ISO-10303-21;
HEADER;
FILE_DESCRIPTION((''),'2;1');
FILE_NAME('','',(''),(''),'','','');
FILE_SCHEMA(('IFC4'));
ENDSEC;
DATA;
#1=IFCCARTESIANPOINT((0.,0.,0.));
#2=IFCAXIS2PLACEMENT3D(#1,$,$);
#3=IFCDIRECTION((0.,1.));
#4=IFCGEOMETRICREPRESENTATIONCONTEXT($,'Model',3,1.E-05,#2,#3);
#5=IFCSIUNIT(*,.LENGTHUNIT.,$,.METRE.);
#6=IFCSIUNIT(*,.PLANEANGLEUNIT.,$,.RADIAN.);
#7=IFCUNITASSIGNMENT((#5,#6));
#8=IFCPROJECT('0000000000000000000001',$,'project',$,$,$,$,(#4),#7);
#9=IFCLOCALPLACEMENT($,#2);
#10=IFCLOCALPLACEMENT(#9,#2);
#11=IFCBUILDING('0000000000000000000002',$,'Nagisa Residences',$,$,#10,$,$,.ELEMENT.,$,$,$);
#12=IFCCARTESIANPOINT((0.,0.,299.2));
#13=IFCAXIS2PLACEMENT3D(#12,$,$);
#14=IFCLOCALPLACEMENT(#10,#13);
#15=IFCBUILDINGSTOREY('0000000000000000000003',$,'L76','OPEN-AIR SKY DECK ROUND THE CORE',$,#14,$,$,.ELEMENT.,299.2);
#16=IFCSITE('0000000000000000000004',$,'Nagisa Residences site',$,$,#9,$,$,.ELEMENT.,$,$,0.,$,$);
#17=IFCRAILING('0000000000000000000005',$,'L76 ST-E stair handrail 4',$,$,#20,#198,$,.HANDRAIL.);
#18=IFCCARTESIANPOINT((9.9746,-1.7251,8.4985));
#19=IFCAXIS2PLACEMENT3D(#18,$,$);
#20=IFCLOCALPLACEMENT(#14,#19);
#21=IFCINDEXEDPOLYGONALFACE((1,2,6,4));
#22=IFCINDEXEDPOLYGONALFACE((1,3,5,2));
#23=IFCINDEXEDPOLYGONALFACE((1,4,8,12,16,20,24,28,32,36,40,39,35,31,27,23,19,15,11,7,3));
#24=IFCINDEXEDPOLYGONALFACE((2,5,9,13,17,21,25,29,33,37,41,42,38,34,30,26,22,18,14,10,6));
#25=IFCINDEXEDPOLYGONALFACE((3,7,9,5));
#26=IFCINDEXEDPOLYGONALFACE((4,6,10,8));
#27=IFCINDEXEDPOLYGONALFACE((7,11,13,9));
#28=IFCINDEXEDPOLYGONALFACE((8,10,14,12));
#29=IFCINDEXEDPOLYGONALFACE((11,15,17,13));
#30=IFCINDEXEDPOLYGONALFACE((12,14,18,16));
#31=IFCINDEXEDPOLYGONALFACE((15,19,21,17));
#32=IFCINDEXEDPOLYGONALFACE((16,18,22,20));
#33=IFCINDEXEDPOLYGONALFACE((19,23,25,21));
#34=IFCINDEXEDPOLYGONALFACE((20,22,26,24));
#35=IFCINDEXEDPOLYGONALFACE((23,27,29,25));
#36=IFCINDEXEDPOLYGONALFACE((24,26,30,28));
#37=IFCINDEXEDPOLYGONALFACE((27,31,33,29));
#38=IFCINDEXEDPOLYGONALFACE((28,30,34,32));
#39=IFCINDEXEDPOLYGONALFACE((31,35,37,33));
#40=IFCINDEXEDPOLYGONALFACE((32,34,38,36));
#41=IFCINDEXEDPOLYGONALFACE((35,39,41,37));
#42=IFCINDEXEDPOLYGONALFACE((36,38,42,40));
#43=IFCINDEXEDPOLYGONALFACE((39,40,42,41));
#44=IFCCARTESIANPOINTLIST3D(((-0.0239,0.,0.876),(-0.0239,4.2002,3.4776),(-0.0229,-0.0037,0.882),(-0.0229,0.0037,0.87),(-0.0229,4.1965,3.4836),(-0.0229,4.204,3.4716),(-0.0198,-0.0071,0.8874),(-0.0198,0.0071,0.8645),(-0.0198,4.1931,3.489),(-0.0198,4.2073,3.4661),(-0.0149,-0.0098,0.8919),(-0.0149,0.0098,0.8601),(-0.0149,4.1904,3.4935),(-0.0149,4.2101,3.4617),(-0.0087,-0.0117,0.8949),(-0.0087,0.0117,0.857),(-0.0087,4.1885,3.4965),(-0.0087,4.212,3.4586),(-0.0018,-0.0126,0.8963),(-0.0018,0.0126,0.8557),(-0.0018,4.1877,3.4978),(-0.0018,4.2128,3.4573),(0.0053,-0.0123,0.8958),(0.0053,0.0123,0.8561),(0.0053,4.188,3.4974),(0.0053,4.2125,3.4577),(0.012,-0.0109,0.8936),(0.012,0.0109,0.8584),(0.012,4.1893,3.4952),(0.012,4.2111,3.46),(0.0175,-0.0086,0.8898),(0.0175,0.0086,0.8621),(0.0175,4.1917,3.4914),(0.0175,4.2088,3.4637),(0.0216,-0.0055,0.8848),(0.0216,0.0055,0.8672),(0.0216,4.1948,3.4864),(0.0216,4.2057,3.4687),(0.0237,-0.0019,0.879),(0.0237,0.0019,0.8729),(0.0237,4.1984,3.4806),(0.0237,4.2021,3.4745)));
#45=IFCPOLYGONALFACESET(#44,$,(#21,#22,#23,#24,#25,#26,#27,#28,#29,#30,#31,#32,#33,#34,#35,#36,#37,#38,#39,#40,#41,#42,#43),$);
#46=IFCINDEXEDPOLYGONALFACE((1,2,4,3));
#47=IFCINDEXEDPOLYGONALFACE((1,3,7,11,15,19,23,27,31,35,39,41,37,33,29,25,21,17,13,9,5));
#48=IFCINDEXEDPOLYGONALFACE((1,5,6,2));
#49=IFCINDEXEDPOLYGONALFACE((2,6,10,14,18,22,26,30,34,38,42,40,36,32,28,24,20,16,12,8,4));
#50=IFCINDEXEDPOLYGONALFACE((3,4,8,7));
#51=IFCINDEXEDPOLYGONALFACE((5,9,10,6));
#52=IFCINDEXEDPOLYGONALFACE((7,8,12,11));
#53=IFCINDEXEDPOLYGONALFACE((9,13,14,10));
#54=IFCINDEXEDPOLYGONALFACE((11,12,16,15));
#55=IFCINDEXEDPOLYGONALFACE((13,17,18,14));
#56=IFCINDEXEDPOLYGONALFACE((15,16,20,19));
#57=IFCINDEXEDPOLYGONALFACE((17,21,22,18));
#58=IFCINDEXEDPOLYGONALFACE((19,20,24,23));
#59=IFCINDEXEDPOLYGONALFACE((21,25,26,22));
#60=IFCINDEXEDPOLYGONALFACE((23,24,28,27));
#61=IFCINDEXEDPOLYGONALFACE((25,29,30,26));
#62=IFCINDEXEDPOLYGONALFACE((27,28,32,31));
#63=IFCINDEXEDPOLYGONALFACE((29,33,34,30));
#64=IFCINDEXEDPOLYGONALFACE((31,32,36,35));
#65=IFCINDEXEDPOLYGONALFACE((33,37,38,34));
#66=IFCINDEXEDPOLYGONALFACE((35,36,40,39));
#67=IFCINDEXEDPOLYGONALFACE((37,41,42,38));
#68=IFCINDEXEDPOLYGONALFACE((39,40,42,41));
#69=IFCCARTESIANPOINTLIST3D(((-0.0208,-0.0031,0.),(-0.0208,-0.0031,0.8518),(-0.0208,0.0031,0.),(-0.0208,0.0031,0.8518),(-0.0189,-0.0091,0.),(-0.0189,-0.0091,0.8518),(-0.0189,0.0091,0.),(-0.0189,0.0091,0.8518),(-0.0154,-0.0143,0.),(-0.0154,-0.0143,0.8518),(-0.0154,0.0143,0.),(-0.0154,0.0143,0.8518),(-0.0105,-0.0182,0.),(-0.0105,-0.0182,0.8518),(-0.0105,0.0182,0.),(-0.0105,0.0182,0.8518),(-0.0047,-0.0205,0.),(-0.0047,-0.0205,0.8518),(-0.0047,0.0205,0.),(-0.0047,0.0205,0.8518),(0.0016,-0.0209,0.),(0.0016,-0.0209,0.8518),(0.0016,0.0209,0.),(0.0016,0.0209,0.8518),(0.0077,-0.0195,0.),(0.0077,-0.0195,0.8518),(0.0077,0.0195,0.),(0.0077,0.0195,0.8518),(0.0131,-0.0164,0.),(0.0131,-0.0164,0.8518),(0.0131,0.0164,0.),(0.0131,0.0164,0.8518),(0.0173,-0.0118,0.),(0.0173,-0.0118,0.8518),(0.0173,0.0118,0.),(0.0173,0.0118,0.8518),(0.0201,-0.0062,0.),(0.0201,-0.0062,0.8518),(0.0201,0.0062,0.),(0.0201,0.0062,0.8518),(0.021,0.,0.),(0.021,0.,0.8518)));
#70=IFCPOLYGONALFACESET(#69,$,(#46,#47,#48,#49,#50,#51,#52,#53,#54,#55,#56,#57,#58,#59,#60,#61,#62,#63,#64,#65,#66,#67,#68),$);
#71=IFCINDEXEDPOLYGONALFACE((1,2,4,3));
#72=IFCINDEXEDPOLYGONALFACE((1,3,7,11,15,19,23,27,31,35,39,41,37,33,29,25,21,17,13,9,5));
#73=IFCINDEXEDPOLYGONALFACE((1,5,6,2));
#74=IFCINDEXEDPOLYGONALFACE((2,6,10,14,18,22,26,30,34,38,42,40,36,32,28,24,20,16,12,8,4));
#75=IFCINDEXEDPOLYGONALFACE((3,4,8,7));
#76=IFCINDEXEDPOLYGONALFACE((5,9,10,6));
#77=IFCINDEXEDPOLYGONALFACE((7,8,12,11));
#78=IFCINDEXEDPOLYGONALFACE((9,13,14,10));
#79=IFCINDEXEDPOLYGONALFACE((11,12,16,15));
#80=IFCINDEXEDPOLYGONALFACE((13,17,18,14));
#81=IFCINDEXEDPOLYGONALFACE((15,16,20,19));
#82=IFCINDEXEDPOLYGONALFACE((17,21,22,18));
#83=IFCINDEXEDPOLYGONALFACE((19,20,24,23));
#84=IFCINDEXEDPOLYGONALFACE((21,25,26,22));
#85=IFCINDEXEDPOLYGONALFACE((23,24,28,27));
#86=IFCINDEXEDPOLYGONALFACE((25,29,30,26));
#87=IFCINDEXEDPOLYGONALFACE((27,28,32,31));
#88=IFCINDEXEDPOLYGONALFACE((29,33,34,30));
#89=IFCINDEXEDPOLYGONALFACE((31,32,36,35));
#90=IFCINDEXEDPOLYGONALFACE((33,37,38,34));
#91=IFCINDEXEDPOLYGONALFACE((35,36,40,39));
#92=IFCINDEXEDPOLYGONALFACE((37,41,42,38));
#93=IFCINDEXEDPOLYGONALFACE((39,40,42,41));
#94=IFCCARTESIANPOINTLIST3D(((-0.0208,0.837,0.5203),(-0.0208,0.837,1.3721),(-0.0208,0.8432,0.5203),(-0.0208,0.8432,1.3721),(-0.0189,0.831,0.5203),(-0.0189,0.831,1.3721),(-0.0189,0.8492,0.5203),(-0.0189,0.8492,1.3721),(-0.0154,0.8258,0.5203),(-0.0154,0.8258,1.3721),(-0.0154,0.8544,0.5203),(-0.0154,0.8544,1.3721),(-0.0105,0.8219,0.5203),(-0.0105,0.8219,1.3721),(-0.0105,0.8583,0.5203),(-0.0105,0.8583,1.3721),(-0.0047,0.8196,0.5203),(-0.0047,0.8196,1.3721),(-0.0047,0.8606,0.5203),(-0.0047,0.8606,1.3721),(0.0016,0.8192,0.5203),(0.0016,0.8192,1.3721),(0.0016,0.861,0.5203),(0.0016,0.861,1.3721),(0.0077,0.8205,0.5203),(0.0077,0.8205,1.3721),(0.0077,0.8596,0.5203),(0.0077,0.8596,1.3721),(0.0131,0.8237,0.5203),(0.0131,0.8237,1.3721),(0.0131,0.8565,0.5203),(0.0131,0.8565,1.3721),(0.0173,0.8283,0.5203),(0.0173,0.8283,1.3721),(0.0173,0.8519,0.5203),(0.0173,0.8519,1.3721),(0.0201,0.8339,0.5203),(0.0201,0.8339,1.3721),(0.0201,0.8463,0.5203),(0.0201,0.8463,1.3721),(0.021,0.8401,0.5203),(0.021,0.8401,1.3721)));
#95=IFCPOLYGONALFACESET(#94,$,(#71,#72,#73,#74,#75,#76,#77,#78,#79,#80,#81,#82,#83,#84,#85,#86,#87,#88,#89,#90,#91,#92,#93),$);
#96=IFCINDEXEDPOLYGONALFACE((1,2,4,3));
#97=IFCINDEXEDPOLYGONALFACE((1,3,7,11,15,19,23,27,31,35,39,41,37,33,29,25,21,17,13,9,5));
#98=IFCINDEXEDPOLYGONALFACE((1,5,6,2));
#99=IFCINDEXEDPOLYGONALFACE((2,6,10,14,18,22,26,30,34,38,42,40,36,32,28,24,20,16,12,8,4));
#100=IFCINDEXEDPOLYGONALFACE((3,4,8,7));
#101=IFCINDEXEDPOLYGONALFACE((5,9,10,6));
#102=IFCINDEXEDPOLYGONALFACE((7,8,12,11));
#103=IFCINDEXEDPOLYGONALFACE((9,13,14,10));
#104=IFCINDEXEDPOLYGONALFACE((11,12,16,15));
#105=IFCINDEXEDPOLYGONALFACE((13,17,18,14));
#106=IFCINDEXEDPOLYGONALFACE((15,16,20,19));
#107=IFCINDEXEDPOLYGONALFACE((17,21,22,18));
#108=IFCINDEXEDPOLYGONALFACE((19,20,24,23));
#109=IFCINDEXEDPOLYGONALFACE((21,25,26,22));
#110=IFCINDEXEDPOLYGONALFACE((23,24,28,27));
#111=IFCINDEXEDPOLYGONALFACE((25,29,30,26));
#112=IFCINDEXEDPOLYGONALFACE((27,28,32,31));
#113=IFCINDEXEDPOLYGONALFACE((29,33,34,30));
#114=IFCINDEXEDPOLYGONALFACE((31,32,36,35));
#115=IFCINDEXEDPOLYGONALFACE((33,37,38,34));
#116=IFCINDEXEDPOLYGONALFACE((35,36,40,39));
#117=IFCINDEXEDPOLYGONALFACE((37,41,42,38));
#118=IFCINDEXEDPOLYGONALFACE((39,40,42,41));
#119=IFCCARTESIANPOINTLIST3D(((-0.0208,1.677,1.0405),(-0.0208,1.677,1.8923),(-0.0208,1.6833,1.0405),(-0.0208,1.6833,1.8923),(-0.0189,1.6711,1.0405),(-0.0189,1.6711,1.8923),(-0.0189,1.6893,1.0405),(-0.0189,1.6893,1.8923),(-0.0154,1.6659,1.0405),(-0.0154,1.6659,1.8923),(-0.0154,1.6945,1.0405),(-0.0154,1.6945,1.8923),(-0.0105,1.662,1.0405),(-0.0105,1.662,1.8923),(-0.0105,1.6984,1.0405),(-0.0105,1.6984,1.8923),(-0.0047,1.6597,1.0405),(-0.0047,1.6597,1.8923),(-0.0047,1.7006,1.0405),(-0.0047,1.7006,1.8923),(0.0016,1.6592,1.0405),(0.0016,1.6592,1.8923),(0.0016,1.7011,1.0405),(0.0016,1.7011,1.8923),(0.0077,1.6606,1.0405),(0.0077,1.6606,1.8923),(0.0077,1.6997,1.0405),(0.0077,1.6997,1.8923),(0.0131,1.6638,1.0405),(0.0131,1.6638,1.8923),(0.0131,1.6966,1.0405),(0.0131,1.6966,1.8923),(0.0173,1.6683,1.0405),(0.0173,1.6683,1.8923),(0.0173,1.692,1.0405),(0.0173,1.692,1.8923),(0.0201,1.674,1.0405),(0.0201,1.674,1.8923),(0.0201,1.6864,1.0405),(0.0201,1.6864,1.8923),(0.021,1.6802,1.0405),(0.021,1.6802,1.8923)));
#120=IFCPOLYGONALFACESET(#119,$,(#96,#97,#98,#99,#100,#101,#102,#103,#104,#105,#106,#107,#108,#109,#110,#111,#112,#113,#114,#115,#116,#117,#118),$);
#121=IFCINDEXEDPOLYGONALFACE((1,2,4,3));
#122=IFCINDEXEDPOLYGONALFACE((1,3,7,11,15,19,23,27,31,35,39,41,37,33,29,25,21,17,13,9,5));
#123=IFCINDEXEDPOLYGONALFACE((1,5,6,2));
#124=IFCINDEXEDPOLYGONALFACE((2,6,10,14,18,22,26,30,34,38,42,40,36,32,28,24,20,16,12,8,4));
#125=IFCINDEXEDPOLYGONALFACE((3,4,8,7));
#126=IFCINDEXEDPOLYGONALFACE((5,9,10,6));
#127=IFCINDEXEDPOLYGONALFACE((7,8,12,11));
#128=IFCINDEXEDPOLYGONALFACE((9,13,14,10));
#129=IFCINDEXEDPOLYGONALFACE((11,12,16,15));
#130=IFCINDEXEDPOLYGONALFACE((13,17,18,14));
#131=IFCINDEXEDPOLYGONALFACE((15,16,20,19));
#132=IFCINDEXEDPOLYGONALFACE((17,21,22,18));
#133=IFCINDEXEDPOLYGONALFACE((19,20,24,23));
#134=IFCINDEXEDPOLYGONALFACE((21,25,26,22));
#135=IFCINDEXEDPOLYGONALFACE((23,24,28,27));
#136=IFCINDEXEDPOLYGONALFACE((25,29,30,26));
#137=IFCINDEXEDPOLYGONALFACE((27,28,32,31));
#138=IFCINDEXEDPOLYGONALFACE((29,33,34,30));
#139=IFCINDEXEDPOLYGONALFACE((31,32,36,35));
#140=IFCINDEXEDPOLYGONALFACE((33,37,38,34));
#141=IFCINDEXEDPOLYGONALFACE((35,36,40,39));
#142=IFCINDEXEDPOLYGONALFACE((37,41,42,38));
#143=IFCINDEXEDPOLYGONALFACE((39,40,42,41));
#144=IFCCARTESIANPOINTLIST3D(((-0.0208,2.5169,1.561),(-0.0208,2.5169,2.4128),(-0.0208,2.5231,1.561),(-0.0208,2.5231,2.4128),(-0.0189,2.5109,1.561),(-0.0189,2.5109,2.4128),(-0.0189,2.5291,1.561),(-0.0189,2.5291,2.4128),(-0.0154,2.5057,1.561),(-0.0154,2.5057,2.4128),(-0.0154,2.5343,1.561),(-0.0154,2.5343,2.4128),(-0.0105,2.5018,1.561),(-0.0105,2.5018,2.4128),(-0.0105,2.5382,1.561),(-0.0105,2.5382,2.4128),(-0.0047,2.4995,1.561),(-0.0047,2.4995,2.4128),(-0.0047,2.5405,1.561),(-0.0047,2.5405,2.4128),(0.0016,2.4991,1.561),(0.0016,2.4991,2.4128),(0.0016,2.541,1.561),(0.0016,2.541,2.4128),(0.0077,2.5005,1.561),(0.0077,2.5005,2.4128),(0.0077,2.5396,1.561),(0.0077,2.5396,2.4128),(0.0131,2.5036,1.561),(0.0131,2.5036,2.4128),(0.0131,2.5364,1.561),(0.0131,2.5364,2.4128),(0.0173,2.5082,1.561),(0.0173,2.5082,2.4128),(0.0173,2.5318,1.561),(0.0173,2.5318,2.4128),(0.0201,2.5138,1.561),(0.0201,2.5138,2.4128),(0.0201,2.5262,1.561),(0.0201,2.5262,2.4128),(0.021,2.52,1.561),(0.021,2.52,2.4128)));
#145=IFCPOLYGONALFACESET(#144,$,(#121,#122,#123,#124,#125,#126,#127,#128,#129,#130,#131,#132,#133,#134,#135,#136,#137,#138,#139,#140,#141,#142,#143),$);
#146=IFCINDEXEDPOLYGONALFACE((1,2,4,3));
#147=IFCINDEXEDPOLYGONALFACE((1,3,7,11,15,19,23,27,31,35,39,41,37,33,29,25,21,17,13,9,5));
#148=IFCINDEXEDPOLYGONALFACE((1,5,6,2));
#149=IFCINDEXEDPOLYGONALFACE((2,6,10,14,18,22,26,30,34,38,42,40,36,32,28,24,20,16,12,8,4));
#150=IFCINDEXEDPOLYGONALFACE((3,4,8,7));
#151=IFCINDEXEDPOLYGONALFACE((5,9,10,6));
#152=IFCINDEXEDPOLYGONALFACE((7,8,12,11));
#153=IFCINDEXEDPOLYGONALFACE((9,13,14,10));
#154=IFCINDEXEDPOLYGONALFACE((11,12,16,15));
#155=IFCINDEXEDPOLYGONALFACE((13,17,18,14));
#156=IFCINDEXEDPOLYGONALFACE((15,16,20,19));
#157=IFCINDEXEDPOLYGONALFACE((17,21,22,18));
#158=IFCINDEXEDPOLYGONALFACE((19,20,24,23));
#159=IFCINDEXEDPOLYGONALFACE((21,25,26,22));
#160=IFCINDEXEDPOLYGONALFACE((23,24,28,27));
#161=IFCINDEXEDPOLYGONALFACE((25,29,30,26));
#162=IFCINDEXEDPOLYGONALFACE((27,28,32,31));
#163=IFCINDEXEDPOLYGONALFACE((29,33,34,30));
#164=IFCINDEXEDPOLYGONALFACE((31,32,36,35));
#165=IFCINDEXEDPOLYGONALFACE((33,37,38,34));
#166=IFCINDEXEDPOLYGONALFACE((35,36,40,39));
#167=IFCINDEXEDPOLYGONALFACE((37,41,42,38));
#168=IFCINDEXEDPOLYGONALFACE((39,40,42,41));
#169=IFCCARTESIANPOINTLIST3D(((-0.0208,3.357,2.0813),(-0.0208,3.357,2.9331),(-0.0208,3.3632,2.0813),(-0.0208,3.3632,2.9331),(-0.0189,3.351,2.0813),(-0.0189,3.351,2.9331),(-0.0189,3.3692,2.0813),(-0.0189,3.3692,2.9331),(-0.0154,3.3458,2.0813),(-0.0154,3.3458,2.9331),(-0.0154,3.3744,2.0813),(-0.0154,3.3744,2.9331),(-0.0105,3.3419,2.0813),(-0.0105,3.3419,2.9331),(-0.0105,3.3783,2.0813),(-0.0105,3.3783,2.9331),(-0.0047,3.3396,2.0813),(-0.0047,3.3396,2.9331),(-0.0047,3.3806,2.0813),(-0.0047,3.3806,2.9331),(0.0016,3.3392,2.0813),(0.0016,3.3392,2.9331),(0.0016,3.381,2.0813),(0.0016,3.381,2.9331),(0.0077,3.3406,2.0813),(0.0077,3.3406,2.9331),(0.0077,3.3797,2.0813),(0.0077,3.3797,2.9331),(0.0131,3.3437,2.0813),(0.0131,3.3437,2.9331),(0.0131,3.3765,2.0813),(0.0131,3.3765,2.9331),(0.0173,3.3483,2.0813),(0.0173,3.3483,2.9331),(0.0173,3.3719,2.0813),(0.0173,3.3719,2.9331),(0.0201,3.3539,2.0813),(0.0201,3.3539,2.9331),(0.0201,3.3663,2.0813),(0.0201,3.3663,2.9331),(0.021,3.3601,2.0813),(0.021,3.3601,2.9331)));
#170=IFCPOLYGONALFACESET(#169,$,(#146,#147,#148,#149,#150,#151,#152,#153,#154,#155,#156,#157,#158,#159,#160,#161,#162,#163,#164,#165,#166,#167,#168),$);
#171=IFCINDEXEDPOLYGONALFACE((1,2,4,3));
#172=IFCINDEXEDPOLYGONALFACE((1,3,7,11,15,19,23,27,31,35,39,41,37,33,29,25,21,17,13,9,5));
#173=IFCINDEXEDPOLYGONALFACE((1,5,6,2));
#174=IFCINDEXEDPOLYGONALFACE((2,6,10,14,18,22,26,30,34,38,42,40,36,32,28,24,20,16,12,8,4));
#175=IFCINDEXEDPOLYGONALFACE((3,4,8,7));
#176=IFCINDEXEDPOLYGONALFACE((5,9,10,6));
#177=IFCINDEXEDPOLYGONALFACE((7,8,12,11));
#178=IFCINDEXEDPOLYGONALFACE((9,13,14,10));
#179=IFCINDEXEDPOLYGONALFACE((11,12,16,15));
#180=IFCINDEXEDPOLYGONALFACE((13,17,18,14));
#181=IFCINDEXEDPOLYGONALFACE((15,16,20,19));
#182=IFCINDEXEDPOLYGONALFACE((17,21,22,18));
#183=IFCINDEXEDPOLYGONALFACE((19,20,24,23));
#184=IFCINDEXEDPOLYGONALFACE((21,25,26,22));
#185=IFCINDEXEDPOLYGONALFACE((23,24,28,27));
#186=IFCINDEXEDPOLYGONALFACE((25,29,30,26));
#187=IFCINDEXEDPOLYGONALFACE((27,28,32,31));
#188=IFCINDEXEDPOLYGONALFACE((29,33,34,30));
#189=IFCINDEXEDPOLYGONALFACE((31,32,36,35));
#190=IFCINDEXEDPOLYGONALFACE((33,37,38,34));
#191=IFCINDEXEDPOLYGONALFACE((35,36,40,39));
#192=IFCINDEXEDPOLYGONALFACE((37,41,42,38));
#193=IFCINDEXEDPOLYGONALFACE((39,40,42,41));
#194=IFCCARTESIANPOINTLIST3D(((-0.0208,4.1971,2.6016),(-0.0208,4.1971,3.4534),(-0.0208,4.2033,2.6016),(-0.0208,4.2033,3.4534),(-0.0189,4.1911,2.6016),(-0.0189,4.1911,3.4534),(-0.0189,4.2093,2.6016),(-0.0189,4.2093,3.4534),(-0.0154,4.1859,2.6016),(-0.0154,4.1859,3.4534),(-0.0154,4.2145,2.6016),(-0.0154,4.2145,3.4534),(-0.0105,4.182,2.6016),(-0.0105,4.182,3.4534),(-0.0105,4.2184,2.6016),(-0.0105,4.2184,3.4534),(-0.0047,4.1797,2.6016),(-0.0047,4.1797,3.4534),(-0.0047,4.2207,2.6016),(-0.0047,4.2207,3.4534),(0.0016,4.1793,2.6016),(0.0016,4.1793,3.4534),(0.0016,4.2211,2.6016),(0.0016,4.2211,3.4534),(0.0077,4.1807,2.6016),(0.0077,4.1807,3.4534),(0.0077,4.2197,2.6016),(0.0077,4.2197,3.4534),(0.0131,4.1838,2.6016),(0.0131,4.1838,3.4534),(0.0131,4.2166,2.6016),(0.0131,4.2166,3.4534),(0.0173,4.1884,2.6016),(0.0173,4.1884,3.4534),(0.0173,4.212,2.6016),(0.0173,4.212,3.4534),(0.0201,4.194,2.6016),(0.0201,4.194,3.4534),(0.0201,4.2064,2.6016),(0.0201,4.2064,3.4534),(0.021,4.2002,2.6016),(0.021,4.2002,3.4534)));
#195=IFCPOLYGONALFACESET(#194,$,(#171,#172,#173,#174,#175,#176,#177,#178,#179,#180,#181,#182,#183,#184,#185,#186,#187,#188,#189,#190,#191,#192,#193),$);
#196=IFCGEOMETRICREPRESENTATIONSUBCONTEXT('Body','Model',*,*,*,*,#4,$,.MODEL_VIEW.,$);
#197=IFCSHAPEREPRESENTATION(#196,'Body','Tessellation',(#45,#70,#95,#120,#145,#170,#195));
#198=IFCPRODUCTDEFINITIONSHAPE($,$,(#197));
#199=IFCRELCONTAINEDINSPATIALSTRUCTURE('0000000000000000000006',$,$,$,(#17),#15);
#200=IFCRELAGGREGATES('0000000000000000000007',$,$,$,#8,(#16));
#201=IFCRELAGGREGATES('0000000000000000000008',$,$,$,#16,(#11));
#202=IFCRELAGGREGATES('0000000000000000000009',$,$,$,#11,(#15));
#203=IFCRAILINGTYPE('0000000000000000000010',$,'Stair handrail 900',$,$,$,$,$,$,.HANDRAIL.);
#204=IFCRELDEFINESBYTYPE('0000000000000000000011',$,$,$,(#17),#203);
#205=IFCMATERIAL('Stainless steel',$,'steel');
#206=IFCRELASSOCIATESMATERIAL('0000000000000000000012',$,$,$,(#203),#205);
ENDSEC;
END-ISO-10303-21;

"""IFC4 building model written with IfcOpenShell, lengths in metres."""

from ifc_helpers import new_model, si_unit, direction, frame, origin, origin_2d, place, context, subcontext, project, spatial, circle, extrude, material, type_object, element, save


model = new_model("IFC4")

# Units and contexts
model_context = context("Model", 3, precision=1e-05, world=origin(), true_north=direction((0.0, 1.0)))
body_context = subcontext(model_context, "Body", "Model", "MODEL_VIEW")
ifc_project = project(units=[si_unit("LENGTHUNIT", "METRE"), si_unit("PLANEANGLEUNIT", "RADIAN")], contexts=[model_context])

# Site, building, storey
site_placement = place(None, origin())
site = spatial("IfcSite", under=ifc_project, at=site_placement, Name="Nagisa Residences site", CompositionType="ELEMENT", RefElevation=0.0)
building_placement = place(site_placement, origin())
building = spatial("IfcBuilding", under=site, at=building_placement, Name="Nagisa Residences", CompositionType="ELEMENT")
storey_placement = place(building_placement, frame((0.0, 0.0, 299.2)))
storey = spatial("IfcBuildingStorey", under=building, at=storey_placement, Name="L76", Description="OPEN-AIR SKY DECK ROUND THE CORE", CompositionType="ELEMENT", Elevation=299.2)

# Railing
ifc_material_1 = material(Name="Stainless steel", Category="steel")
railing_type_1 = type_object("IfcRailingType", Name="Stair handrail 900", PredefinedType="HANDRAIL", material=ifc_material_1)
for number, where, name in (
    (1, (9.9746, -1.7251, 8.4985), "L76 ST-E stair handrail 4"),
):
    element("IfcRailing", number, at=place(storey_placement, frame(where)), inside=storey, type_object=railing_type_1, Name=name, PredefinedType="HANDRAIL", context=body_context, shape_type="SweptSolid", body=[
        extrude(circle(Radius=0.0239, at=origin_2d()), frame((0.0, 0.0, 0.876), z_axis=(0.0, 0.850135, 0.526566), x_axis=(-1.0, 0.0, 0.0)), (0.0, 0.0, 1.0), 4.9407),
        extrude(circle(Radius=0.021, at=origin_2d()), origin(), (0.0, 0.0, 1.0), 0.8518),
        extrude(circle(Radius=0.021, at=origin_2d()), frame((0.0, 0.8401, 0.5203)), (0.0, 0.0, 1.0), 0.8518),
        extrude(circle(Radius=0.021, at=origin_2d()), frame((0.0, 1.6802, 1.0405)), (0.0, 0.0, 1.0), 0.8518),
        extrude(circle(Radius=0.021, at=origin_2d()), frame((0.0, 2.52, 1.561)), (0.0, 0.0, 1.0), 0.8518),
        extrude(circle(Radius=0.021, at=origin_2d()), frame((0.0, 3.3601, 2.0813)), (0.0, 0.0, 1.0), 0.8518),
        extrude(circle(Radius=0.021, at=origin_2d()), frame((0.0, 4.2002, 2.6016)), (0.0, 0.0, 1.0), 0.8518),
    ])

save(model, "model.ifc")
